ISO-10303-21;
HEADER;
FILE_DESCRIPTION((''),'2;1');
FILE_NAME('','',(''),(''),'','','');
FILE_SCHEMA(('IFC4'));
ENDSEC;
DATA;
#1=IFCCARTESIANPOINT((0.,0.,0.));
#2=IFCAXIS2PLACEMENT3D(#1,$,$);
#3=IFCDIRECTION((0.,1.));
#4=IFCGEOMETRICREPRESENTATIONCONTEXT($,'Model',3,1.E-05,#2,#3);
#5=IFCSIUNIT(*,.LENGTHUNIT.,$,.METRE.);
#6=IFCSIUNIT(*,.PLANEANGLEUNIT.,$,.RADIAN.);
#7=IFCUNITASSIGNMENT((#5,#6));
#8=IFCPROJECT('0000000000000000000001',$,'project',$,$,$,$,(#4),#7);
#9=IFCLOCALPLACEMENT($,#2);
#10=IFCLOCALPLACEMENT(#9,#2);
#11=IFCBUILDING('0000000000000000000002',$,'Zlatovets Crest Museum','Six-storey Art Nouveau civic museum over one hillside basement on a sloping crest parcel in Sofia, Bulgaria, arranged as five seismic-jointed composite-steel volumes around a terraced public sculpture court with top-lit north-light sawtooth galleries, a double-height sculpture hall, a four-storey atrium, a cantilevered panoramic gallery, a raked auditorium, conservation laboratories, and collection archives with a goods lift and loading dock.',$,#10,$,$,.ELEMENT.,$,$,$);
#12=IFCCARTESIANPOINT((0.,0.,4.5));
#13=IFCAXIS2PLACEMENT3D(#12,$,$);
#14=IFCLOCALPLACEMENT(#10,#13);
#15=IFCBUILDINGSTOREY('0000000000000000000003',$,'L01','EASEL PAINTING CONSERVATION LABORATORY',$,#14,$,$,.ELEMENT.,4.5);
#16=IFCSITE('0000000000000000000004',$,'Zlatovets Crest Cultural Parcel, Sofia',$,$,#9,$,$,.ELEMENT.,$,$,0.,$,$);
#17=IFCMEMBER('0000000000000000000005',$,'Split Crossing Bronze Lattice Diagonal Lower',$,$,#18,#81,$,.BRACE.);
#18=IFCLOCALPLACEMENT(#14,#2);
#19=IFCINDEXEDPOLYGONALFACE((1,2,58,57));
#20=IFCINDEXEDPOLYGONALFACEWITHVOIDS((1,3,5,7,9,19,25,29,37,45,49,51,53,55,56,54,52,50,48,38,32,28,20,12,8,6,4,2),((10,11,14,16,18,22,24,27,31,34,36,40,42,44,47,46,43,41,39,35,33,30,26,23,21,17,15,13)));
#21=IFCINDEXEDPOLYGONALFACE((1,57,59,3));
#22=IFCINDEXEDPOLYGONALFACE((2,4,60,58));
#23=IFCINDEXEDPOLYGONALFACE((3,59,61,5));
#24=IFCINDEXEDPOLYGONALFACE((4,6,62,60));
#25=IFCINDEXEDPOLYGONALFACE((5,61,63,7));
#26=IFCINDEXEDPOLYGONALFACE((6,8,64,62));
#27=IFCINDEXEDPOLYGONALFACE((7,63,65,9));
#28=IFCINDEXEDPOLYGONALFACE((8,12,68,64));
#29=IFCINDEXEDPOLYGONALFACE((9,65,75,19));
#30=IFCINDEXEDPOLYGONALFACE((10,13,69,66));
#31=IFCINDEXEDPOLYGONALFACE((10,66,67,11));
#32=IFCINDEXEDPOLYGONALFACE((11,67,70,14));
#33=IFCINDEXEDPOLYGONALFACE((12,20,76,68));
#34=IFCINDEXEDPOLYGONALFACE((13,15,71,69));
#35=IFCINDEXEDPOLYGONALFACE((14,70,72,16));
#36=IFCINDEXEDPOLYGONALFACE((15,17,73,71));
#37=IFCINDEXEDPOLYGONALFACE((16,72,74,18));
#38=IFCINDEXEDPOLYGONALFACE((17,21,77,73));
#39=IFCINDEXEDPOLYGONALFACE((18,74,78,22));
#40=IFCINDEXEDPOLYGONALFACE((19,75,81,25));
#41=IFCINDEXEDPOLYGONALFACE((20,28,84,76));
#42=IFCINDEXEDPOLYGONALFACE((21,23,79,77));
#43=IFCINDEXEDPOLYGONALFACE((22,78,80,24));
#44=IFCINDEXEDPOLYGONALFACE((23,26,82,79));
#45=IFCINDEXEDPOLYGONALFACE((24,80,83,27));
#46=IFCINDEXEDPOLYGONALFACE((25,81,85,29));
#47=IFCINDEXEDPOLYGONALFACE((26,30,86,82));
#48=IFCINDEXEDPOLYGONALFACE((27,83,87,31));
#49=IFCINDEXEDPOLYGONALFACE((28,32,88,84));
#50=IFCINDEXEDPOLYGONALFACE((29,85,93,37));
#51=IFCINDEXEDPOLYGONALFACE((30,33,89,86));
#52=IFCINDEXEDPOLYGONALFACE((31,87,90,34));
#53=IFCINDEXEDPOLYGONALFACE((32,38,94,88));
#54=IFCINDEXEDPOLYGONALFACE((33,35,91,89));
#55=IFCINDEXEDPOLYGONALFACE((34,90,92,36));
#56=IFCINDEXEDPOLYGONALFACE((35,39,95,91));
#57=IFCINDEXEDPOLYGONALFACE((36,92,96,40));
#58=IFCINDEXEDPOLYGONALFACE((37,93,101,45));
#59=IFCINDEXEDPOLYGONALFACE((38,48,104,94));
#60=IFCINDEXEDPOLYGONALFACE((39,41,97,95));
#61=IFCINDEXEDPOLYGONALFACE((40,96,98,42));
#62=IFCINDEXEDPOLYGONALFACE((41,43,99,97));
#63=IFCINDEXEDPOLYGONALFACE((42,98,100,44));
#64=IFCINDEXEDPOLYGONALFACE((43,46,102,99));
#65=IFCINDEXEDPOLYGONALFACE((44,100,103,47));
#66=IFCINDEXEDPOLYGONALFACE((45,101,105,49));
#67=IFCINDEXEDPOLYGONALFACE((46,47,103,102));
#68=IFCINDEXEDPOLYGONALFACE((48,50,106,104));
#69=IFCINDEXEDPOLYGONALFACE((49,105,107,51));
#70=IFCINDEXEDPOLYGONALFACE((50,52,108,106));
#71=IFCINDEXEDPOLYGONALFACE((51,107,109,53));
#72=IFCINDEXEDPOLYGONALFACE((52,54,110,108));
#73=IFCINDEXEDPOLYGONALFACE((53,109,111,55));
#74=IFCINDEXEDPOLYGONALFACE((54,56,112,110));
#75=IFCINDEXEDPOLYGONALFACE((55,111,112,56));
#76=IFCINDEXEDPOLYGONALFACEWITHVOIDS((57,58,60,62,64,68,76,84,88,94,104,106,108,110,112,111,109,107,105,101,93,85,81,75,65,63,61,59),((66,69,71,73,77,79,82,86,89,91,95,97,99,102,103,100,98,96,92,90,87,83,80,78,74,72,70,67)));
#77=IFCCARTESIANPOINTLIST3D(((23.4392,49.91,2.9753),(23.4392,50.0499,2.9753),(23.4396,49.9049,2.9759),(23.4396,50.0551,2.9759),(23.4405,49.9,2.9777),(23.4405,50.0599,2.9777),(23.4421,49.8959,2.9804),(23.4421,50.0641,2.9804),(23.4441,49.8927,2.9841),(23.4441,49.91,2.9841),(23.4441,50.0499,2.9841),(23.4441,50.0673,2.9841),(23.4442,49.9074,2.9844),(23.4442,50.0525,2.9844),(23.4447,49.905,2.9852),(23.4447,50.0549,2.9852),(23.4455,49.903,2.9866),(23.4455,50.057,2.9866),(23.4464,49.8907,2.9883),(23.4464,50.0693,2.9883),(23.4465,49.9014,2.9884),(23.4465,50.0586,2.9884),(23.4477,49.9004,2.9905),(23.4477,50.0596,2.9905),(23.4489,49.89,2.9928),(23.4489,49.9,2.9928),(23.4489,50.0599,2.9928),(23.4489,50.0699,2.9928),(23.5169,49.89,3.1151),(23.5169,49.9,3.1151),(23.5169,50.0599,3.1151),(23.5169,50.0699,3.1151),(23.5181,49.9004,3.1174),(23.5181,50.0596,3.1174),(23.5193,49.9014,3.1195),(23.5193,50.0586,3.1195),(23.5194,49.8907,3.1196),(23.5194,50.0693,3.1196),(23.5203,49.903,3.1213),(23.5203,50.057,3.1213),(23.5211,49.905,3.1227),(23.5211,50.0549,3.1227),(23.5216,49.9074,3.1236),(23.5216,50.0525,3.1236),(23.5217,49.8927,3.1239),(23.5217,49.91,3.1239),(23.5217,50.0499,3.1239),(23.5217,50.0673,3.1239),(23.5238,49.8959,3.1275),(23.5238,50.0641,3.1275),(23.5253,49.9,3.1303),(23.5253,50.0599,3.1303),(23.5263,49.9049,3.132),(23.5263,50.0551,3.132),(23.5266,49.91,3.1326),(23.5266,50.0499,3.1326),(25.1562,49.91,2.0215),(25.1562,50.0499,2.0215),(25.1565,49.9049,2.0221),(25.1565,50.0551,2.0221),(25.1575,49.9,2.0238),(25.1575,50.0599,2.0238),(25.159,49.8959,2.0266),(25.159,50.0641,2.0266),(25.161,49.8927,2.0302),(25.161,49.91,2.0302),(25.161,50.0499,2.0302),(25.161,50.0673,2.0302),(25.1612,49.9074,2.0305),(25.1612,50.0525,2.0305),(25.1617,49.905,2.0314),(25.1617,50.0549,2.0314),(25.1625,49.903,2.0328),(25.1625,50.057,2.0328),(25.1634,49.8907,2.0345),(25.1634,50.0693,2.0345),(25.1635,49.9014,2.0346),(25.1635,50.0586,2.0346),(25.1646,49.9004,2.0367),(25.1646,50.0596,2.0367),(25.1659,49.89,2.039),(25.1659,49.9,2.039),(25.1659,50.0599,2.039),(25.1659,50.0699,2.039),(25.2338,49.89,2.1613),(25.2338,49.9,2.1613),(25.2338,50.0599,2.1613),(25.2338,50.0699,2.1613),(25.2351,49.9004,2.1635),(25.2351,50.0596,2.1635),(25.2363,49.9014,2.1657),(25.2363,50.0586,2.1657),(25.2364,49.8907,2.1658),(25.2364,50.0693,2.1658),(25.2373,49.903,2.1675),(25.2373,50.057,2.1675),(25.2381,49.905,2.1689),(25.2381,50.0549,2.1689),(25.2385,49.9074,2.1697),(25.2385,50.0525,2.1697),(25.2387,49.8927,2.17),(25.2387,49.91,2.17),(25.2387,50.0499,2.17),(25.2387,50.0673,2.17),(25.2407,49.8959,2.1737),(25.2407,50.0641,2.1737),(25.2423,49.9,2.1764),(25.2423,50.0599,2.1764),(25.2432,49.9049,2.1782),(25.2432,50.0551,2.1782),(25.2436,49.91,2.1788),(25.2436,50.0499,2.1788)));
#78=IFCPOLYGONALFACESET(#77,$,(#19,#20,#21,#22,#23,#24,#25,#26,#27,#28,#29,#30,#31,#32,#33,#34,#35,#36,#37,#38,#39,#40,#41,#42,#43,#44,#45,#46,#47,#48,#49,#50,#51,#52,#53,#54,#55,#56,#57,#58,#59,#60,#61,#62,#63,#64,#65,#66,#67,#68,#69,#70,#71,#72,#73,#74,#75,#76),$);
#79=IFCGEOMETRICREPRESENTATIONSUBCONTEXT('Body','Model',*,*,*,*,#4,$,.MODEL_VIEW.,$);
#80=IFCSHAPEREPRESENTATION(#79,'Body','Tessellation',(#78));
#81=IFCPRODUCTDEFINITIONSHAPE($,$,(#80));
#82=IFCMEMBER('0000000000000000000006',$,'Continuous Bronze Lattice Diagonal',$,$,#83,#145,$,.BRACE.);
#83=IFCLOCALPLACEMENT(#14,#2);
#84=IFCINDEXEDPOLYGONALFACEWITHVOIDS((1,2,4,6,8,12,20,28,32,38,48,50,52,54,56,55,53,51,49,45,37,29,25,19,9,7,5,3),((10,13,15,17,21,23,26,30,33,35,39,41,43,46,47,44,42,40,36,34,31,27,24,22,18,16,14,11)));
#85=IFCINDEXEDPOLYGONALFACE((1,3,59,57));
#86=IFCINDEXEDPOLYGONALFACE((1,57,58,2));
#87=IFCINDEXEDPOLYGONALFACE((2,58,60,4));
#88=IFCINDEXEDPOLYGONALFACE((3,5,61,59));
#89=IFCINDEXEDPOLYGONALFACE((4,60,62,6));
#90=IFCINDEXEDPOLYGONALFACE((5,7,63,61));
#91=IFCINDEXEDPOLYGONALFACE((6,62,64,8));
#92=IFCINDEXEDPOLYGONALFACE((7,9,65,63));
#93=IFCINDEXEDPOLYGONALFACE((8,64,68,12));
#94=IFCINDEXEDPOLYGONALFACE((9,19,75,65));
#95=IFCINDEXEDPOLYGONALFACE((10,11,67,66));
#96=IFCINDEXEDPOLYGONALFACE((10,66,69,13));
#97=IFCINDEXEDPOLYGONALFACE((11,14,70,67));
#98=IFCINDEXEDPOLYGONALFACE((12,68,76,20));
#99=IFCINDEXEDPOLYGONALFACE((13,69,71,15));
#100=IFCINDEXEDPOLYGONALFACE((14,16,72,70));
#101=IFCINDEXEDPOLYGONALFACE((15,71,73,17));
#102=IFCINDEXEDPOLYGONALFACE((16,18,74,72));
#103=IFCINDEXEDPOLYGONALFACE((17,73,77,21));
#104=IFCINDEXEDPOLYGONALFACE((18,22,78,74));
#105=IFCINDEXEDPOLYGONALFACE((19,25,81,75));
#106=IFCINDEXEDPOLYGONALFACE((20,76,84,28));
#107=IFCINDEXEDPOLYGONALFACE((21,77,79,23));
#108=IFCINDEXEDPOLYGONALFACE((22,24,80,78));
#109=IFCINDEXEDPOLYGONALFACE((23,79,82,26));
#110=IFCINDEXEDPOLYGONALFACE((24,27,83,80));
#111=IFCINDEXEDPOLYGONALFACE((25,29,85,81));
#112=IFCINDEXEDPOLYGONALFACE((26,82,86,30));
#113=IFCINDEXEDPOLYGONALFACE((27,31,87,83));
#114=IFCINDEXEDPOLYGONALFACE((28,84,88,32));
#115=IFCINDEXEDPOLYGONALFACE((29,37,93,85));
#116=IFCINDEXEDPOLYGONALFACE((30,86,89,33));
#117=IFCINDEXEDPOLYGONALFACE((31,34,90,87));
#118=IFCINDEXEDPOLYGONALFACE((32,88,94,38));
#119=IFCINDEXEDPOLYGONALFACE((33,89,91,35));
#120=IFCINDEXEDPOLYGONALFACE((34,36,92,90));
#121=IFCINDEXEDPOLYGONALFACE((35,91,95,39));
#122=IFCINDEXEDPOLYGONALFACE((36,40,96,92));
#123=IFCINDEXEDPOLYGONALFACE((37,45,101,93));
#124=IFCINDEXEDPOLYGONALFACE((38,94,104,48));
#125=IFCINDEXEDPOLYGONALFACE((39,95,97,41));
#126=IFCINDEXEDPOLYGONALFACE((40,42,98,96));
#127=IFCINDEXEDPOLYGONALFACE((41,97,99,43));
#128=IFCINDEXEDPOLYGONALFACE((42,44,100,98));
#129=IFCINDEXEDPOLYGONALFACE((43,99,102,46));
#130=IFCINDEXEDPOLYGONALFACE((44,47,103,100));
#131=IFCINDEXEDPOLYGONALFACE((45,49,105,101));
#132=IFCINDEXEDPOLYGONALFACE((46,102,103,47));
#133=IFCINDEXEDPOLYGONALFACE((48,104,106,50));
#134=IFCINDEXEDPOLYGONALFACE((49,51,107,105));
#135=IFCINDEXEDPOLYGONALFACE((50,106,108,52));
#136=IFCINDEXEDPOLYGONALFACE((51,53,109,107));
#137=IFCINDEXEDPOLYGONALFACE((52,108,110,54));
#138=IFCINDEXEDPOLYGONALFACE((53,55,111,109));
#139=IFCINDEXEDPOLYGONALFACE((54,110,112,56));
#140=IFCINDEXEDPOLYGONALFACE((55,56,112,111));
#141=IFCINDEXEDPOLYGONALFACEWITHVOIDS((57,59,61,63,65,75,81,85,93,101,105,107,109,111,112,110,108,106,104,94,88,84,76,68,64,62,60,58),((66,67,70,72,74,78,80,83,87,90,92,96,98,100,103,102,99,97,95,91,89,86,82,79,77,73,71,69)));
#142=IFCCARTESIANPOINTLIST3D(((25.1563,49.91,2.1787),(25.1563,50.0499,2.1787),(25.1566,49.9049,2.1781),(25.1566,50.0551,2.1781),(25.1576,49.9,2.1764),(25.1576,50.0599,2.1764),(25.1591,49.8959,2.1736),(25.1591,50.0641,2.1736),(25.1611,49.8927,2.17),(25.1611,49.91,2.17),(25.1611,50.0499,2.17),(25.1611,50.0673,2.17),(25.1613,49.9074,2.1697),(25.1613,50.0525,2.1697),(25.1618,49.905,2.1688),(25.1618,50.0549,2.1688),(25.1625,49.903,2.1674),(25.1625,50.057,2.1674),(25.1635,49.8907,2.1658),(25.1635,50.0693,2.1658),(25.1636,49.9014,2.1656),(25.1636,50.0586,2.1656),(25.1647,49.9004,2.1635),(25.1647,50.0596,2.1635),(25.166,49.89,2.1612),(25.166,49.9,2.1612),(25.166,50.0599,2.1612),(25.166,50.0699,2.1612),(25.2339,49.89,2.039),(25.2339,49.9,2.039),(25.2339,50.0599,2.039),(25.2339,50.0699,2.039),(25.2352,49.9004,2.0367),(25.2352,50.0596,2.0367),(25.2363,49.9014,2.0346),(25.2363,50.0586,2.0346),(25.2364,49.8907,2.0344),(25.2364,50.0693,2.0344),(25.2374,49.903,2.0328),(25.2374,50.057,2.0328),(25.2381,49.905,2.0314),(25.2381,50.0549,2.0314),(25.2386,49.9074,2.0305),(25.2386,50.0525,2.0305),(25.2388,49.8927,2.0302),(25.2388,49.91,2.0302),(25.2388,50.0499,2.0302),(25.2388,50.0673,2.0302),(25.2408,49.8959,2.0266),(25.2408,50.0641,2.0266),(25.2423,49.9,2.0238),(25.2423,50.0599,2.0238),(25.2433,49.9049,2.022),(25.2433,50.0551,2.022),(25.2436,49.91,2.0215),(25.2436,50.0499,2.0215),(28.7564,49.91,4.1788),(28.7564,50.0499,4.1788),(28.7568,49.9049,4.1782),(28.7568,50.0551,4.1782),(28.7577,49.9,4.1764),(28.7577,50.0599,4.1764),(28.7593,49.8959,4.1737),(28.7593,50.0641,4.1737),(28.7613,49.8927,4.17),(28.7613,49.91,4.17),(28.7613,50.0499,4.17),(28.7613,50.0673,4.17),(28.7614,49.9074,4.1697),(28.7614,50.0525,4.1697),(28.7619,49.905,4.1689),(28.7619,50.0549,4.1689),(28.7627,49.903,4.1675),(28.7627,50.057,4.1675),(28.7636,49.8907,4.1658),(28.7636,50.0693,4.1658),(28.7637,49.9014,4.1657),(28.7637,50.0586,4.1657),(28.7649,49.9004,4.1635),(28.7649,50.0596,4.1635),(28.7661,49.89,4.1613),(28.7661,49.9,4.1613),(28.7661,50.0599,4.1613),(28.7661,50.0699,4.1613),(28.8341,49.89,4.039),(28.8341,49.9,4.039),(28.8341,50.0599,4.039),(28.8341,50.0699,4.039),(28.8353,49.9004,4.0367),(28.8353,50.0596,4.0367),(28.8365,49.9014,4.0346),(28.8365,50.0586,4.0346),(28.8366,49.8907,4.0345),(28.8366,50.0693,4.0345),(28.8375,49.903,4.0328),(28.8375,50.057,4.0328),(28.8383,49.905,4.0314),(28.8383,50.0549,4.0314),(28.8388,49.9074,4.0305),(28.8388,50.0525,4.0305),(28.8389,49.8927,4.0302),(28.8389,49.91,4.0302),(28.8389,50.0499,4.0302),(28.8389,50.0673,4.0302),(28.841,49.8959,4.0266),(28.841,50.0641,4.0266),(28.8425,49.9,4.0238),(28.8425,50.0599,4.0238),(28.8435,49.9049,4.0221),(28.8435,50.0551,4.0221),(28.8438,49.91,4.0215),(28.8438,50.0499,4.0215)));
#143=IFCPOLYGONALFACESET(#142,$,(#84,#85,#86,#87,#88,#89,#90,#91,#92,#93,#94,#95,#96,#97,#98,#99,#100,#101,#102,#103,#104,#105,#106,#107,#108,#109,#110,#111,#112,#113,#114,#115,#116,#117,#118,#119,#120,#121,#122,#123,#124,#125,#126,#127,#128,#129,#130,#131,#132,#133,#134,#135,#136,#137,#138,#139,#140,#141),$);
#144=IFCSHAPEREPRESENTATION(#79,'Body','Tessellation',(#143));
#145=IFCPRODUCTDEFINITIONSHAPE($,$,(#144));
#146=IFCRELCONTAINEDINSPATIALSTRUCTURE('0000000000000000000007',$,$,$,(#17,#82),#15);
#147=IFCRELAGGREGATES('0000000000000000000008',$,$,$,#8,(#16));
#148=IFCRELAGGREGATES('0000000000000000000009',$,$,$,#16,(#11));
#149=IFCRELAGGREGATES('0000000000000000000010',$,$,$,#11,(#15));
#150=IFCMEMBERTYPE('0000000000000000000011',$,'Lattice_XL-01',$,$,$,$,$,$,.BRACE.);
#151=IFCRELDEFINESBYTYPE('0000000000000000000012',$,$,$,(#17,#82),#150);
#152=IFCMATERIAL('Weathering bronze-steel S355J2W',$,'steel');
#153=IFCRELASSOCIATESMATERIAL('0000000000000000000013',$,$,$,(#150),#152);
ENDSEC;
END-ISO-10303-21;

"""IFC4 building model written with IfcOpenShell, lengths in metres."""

from ifc_helpers import new_model, si_unit, direction, frame, origin, origin_2d, place, context, subcontext, project, spatial, hollow_rectangle, extrude, material, material_profile, profile_set, type_object, element, save


model = new_model("IFC4")

# Units and contexts
model_context = context("Model", 3, precision=1e-05, world=origin(), true_north=direction((0.0, 1.0)))
body_context = subcontext(model_context, "Body", "Model", "MODEL_VIEW")
ifc_project = project(units=[si_unit("LENGTHUNIT", "METRE"), si_unit("PLANEANGLEUNIT", "RADIAN")], contexts=[model_context])

# Site, building, storey
site_placement = place(None, origin())
site = spatial("IfcSite", under=ifc_project, at=site_placement, Name="Zlatovets Crest Cultural Parcel, Sofia", CompositionType="ELEMENT", RefElevation=0.0)
building_placement = place(site_placement, origin())
building = spatial("IfcBuilding", under=site, at=building_placement, Name="Zlatovets Crest Museum", Description="Six-storey Art Nouveau civic museum over one hillside basement on a sloping crest parcel in Sofia, Bulgaria, arranged as five seismic-jointed composite-steel volumes around a terraced public sculpture court with top-lit north-light sawtooth galleries, a double-height sculpture hall, a four-storey atrium, a cantilevered panoramic gallery, a raked auditorium, conservation laboratories, and collection archives with a goods lift and loading dock.", CompositionType="ELEMENT")
storey_placement = place(building_placement, frame((0.0, 0.0, 4.5)))
storey = spatial("IfcBuildingStorey", under=building, at=storey_placement, Name="L01", Description="EASEL PAINTING CONSERVATION LABORATORY", CompositionType="ELEMENT", Elevation=4.5)

# Members
ifc_material_1 = material(Name="Weathering bronze-steel S355J2W", Category="steel")
ifc_material_profile_1 = material_profile(ifc_material_1, hollow_rectangle(XDim=0.1799, YDim=0.1799, WallThickness=0.01, InnerFilletRadius=0.01, OuterFilletRadius=0.02, at=origin_2d()), Name="SHS 180x180x10.0")
ifc_profile_set_1 = profile_set([ifc_material_profile_1], Name="Weathering bronze-steel S355J2W")
member_type_1 = type_object("IfcMemberType", Name="Lattice_XL-01", PredefinedType="BRACE", material=ifc_profile_set_1)
for number, where, z_axis, x_axis, name in (
    (1, (23.4829, 49.98, 3.054), (0.874169, 0.0, -0.485622), (0.0, 1.0, 0.0), "Split Crossing Bronze Lattice Diagonal Lower"),
):
    element("IfcMember", number, at=place(storey_placement, frame(where, z_axis=z_axis, x_axis=x_axis)), inside=storey, type_object=member_type_1, Name=name, PredefinedType="BRACE", context=body_context, shape_type="SweptSolid", body=[
        extrude(hollow_rectangle(XDim=0.1799, YDim=0.1799, WallThickness=0.01, InnerFilletRadius=0.01, OuterFilletRadius=0.02, at=origin_2d()), origin(), (0.0, 0.0, 1.0), 1.9641),
    ])
member_1_placement = place(storey_placement, frame((25.2, 49.98, 2.1001), z_axis=(0.874163, 0.0, 0.485633), x_axis=(0.0, 1.0, 0.0)))
element("IfcMember", 2, at=member_1_placement, inside=storey, type_object=member_type_1, Name="Continuous Bronze Lattice Diagonal", PredefinedType="BRACE", context=body_context, shape_type="SweptSolid", body=[
    extrude(hollow_rectangle(XDim=0.1799, YDim=0.1799, WallThickness=0.01, InnerFilletRadius=0.01, OuterFilletRadius=0.02, at=origin_2d()), origin(), (0.0, 0.0, 1.0), 4.1184),
])

save(model, "model.ifc")
